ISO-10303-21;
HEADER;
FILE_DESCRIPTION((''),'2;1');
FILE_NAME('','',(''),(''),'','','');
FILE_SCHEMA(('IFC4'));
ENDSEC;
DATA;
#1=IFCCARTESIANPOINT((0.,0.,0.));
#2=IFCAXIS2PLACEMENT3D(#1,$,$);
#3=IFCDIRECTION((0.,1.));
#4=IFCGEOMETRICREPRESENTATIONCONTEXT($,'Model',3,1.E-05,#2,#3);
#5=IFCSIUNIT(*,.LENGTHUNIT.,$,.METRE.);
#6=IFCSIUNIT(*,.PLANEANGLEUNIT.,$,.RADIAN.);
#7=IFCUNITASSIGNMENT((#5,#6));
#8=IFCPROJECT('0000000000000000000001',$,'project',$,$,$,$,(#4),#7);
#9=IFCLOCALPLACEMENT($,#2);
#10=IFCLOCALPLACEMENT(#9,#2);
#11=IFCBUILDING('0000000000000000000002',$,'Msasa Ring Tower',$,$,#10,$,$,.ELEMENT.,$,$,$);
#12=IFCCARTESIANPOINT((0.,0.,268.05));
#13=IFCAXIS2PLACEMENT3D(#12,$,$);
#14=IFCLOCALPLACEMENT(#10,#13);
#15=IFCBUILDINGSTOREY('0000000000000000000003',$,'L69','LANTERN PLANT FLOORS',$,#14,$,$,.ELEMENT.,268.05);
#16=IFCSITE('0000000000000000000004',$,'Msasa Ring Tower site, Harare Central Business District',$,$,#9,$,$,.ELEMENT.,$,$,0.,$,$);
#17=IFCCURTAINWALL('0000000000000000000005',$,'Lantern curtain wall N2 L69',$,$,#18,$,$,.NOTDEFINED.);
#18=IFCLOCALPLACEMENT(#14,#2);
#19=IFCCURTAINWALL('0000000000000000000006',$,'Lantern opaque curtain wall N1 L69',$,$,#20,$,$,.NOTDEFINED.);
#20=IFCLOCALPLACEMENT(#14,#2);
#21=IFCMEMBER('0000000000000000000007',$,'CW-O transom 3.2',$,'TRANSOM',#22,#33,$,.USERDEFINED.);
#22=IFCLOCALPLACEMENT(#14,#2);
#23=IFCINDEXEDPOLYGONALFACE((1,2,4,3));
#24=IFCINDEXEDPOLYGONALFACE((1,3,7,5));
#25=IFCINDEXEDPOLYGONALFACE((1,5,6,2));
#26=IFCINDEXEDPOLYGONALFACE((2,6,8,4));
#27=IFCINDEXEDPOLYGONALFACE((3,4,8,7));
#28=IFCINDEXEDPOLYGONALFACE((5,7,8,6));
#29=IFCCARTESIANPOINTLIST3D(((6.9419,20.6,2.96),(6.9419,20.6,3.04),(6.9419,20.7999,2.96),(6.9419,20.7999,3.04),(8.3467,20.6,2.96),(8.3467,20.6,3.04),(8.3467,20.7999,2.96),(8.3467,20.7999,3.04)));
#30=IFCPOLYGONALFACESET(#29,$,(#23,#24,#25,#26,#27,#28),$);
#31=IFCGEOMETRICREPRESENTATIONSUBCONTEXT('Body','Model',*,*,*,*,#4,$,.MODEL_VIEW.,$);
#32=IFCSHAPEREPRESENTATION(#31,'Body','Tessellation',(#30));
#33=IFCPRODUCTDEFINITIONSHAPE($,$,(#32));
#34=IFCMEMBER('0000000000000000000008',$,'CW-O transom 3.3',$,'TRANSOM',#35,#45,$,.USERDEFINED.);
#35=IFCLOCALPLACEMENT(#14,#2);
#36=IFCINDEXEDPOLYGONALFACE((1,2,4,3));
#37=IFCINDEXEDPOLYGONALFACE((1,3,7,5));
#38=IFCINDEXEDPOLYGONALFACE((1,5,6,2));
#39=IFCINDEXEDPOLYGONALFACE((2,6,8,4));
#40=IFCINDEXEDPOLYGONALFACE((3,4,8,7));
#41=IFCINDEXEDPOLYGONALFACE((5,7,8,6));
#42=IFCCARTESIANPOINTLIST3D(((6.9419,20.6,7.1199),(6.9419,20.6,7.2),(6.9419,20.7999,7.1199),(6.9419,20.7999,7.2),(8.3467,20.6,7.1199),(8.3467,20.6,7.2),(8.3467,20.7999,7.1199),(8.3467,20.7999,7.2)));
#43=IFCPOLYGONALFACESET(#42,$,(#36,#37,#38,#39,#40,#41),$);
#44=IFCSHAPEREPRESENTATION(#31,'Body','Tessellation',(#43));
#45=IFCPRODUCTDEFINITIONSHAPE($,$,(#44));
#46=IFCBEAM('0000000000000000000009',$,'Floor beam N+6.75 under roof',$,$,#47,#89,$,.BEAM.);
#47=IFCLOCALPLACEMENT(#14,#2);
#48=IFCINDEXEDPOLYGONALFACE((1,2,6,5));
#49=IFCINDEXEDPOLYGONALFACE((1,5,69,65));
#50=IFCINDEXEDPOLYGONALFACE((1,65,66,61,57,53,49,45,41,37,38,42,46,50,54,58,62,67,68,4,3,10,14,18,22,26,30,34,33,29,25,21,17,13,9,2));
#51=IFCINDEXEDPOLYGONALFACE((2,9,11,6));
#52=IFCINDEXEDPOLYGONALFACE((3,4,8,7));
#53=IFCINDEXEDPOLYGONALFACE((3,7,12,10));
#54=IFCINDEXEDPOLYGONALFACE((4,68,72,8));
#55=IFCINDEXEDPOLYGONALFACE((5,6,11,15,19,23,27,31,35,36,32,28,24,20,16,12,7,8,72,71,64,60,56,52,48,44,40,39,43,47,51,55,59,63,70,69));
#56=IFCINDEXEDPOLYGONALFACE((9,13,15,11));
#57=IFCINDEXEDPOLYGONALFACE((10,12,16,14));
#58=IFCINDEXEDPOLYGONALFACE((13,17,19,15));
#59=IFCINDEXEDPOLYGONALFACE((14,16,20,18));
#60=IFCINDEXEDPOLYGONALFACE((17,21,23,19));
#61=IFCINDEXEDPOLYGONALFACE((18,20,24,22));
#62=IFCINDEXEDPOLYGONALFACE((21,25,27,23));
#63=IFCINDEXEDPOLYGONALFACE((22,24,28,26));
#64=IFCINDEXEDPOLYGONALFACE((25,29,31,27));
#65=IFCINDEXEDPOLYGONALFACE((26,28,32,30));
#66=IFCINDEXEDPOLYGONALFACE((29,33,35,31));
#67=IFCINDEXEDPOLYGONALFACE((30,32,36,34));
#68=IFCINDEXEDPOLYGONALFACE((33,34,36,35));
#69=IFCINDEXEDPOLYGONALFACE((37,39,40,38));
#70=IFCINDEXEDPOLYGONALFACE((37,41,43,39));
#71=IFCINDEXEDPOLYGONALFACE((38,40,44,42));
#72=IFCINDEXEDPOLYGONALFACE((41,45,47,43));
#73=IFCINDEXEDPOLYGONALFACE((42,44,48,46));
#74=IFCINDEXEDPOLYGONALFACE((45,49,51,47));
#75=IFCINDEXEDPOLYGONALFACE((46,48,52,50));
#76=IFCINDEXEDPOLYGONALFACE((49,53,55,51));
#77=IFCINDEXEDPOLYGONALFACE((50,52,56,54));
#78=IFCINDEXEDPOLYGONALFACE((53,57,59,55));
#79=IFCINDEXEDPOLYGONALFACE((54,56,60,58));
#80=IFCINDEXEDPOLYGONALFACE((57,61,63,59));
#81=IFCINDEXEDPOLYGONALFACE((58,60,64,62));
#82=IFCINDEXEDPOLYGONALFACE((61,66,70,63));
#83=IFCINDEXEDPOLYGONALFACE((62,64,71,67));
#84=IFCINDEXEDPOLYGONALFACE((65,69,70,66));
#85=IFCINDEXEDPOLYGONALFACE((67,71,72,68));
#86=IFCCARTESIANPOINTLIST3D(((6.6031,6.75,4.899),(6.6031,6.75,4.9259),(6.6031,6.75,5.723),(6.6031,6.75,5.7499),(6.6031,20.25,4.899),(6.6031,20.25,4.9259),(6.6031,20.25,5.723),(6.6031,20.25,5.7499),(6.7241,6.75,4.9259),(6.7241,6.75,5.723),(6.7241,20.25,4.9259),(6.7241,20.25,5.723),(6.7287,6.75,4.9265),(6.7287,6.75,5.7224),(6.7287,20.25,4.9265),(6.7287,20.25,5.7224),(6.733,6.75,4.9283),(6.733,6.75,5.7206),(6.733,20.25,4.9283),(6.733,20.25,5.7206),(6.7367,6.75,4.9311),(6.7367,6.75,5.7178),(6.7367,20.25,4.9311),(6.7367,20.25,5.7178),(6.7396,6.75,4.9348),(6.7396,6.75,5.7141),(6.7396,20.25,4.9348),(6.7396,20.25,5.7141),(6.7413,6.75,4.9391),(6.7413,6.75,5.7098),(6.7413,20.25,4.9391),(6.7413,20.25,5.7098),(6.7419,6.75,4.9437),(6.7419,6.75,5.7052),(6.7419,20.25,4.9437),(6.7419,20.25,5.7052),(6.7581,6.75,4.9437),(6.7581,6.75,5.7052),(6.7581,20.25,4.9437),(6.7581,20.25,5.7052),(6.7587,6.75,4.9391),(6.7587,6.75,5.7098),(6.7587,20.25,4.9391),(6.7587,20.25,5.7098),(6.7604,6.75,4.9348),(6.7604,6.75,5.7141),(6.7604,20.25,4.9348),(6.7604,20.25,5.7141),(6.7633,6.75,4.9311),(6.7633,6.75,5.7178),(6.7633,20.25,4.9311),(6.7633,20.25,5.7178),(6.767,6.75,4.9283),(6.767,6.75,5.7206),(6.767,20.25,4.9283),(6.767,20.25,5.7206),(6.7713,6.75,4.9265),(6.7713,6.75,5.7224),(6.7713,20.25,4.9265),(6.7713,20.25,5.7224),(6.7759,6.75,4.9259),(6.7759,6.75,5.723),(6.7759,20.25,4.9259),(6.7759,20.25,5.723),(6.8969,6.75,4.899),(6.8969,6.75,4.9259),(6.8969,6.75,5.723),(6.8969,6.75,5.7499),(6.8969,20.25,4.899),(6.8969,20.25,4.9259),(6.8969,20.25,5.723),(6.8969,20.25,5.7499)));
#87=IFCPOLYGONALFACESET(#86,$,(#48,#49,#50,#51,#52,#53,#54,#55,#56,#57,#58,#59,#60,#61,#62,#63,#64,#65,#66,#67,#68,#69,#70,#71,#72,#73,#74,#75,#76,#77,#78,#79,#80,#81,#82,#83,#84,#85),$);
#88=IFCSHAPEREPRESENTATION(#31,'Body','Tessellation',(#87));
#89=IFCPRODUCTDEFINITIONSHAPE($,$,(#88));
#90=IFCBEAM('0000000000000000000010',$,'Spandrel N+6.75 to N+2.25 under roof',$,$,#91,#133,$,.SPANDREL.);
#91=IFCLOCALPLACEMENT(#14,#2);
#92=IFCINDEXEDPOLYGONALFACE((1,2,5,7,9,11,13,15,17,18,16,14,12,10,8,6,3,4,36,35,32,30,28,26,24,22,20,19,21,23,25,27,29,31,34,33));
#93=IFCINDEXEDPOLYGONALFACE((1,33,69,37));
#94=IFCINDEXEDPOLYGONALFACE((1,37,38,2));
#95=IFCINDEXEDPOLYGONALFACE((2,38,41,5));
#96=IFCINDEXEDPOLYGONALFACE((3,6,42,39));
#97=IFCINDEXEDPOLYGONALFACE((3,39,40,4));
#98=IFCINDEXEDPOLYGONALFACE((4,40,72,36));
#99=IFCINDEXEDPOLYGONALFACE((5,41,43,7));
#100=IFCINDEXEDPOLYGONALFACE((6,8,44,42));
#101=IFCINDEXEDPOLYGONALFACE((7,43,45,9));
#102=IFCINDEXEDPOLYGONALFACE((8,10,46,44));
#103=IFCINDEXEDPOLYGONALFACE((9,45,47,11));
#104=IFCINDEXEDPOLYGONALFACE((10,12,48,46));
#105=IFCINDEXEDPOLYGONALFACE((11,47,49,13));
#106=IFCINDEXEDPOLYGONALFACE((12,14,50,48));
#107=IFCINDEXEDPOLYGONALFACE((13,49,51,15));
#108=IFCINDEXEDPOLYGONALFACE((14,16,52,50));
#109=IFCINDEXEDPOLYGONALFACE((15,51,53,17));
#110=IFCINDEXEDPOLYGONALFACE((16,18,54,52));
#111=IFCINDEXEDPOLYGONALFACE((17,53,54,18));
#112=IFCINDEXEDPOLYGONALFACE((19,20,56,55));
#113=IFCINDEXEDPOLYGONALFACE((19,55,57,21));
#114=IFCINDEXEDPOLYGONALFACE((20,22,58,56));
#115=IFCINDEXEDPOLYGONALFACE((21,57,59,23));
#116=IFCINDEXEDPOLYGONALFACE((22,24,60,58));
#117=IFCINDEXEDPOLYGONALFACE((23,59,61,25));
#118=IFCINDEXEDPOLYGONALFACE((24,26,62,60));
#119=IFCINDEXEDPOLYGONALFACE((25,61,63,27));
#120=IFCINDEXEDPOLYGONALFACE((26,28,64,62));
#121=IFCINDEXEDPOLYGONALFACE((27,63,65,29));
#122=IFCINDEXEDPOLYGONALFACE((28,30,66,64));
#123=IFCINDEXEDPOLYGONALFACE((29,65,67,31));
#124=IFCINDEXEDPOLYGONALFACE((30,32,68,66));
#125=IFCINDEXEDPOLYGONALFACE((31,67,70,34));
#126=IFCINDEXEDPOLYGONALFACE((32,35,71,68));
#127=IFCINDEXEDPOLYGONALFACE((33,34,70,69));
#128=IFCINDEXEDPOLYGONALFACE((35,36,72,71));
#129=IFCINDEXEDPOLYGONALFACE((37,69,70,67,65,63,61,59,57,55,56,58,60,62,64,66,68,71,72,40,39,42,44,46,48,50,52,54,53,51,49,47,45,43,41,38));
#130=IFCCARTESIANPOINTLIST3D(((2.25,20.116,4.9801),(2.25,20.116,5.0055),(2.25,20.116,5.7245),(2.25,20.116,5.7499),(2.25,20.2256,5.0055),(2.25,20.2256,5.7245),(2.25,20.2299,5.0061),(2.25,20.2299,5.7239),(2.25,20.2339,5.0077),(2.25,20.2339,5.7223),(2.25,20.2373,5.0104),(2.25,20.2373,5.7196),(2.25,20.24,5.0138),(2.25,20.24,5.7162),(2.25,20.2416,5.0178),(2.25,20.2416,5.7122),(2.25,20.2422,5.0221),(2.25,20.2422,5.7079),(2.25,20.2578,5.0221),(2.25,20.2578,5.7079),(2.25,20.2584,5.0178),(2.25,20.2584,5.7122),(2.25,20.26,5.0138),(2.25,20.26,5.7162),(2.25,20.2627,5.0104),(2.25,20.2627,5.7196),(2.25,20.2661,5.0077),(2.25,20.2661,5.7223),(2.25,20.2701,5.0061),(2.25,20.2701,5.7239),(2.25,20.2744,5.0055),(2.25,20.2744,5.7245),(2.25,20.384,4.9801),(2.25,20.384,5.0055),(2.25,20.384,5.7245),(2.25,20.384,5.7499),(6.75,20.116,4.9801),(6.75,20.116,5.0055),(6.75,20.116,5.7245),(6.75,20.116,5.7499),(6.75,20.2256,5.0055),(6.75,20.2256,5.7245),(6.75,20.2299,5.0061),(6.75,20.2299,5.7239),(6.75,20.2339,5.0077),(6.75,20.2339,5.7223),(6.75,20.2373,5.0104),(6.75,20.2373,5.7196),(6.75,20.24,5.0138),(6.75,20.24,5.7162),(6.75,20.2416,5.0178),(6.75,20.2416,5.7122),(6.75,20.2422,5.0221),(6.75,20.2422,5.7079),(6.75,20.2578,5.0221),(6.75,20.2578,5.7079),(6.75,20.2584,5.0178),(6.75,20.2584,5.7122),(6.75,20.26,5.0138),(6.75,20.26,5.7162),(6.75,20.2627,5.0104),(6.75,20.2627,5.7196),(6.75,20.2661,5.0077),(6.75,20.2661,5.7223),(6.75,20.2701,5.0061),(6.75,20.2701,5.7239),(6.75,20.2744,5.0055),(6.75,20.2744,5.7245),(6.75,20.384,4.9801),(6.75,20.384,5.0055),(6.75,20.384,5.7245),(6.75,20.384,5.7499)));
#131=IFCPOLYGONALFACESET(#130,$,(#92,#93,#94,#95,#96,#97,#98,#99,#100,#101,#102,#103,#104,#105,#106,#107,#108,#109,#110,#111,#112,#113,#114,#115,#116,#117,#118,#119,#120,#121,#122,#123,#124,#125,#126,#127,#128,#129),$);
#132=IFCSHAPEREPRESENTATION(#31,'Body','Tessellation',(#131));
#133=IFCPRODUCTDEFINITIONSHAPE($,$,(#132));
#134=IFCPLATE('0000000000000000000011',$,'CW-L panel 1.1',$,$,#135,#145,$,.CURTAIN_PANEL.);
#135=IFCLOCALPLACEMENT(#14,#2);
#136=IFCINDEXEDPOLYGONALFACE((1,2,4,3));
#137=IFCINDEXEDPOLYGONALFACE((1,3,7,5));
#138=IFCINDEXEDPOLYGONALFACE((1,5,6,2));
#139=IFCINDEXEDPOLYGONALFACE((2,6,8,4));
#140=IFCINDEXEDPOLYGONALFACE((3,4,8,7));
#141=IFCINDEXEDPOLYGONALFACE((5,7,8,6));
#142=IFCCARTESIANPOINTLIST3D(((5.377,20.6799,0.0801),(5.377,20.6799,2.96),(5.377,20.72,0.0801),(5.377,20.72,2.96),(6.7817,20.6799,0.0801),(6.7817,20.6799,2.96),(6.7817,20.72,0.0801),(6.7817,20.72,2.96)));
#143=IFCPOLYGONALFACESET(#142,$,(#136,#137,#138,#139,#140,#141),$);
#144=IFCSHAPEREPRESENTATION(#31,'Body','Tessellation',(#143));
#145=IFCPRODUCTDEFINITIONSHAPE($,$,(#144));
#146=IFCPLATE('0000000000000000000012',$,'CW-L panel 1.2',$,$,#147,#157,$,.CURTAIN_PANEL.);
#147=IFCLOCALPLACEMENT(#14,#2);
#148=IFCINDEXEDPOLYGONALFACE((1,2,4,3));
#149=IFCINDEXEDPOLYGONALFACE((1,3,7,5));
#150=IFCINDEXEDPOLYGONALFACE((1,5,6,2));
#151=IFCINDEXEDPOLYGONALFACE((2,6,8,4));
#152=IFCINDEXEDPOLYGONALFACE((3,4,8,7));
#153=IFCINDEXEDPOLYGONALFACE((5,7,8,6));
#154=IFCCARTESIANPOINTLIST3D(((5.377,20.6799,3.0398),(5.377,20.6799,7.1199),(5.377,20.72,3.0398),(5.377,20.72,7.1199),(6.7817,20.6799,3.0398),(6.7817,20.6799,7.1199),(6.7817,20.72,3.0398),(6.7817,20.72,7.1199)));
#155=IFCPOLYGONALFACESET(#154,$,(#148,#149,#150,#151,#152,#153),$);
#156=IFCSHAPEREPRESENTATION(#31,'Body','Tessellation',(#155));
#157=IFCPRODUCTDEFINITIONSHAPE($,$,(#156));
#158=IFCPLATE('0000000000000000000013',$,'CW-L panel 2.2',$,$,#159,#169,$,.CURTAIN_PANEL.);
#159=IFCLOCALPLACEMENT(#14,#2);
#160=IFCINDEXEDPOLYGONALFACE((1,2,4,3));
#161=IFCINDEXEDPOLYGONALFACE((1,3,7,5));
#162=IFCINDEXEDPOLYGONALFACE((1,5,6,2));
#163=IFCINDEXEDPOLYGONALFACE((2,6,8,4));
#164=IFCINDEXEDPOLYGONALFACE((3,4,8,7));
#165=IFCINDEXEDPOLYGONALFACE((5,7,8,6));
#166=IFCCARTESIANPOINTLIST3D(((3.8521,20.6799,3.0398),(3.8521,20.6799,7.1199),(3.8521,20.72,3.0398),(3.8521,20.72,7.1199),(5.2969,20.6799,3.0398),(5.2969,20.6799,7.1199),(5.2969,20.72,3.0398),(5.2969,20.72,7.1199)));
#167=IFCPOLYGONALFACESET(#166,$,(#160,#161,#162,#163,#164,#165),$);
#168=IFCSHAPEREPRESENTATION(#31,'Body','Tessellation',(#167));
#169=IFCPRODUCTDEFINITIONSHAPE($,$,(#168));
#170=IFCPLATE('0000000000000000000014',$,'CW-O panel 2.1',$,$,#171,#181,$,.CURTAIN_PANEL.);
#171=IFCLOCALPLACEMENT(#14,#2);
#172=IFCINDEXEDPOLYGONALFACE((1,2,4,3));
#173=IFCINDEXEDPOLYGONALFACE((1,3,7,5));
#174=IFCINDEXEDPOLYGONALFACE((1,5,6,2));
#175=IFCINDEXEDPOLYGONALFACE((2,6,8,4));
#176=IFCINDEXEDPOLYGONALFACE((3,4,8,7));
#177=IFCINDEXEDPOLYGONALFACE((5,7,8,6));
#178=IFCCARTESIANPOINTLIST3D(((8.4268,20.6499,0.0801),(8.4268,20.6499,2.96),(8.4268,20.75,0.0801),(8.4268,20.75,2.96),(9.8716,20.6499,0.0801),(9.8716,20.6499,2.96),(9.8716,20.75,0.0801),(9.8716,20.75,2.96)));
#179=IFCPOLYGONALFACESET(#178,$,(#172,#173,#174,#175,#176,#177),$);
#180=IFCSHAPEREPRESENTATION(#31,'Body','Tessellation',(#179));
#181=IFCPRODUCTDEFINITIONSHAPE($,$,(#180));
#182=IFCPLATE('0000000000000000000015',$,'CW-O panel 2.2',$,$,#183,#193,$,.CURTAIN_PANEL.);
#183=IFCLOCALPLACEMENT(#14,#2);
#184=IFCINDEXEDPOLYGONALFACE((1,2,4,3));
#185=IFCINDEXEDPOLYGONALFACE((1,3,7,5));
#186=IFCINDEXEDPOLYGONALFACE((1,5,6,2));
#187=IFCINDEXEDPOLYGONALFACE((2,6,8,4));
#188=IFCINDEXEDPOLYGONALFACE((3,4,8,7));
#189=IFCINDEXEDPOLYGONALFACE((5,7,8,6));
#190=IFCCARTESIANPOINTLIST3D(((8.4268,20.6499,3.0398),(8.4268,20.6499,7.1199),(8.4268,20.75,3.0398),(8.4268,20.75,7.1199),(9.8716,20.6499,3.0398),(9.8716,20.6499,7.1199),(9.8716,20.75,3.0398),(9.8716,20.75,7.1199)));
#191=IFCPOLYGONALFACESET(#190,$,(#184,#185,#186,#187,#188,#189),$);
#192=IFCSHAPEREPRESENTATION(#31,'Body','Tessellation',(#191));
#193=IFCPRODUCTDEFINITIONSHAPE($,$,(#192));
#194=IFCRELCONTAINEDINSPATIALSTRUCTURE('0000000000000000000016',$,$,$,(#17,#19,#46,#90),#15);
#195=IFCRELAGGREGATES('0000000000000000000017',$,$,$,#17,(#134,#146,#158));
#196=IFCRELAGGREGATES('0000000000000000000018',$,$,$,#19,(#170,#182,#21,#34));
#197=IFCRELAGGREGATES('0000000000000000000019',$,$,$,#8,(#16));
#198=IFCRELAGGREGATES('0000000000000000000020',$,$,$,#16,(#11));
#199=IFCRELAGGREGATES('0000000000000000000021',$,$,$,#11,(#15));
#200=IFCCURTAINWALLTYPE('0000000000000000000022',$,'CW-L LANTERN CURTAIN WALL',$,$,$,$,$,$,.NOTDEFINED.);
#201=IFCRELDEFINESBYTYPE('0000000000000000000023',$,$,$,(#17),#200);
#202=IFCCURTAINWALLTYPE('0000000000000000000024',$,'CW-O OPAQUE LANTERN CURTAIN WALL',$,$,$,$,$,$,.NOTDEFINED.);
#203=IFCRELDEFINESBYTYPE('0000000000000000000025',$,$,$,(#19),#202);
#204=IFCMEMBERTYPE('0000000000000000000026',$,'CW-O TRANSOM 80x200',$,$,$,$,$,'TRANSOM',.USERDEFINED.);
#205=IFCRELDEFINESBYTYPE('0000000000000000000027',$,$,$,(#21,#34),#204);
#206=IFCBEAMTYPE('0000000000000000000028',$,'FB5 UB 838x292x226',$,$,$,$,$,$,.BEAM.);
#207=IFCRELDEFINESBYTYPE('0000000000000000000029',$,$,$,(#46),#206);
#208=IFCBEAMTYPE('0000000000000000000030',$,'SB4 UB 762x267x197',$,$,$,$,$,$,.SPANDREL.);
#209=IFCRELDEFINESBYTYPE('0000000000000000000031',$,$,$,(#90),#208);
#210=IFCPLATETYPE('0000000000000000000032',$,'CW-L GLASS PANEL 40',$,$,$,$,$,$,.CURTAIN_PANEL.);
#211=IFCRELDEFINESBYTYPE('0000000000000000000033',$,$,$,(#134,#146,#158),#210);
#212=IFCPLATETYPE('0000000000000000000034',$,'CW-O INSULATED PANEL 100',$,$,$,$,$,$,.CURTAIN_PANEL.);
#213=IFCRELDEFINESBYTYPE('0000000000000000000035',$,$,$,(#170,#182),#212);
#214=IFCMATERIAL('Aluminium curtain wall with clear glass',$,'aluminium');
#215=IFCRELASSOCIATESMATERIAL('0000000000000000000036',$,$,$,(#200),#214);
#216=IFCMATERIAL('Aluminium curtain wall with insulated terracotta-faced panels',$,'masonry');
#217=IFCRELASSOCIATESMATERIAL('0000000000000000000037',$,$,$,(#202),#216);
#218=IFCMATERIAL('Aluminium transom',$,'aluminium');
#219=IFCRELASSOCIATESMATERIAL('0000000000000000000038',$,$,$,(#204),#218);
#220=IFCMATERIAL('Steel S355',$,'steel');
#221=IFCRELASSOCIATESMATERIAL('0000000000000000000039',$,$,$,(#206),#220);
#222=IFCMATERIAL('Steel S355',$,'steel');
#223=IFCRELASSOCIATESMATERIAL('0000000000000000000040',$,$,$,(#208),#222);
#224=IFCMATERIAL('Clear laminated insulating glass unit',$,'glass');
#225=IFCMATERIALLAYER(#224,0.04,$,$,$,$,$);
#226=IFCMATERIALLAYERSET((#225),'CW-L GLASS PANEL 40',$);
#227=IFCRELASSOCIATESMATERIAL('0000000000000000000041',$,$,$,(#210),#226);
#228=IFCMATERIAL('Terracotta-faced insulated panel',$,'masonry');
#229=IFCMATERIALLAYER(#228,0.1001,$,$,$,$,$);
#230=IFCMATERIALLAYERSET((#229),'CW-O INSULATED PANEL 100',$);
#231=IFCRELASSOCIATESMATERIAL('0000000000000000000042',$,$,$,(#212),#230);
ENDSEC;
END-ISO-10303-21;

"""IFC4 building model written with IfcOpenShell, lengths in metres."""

from ifc_helpers import new_model, si_unit, direction, frame, origin, origin_2d, place, context, subcontext, project, spatial, rectangle, i_section, extrude, material, layer, layer_set, material_profile, profile_set, type_object, element, aggregate, save


model = new_model("IFC4")

# Units and contexts
model_context = context("Model", 3, precision=1e-05, world=origin(), true_north=direction((0.0, 1.0)))
body_context = subcontext(model_context, "Body", "Model", "MODEL_VIEW")
ifc_project = project(units=[si_unit("LENGTHUNIT", "METRE"), si_unit("PLANEANGLEUNIT", "RADIAN")], contexts=[model_context])

# Site, building, storey
site_placement = place(None, origin())
site = spatial("IfcSite", under=ifc_project, at=site_placement, Name="Msasa Ring Tower site, Harare Central Business District", CompositionType="ELEMENT", RefElevation=0.0)
building_placement = place(site_placement, origin())
building = spatial("IfcBuilding", under=site, at=building_placement, Name="Msasa Ring Tower", CompositionType="ELEMENT")
storey_placement = place(building_placement, frame((0.0, 0.0, 268.05)))
storey = spatial("IfcBuildingStorey", under=building, at=storey_placement, Name="L69", Description="LANTERN PLANT FLOORS", CompositionType="ELEMENT", Elevation=268.05)

# Curtain walls, members
ifc_material_1 = material(Name="Aluminium curtain wall with clear glass", Category="aluminium")
curtain_wall_type_1 = type_object("IfcCurtainWallType", Name="CW-L LANTERN CURTAIN WALL", PredefinedType="NOTDEFINED", material=ifc_material_1)
curtain_wall_1_placement = place(storey_placement, origin())
curtain_wall_1 = element("IfcCurtainWall", 1, at=curtain_wall_1_placement, inside=storey, type_object=curtain_wall_type_1, Name="Lantern curtain wall N2 L69", PredefinedType="NOTDEFINED")
ifc_material_2 = material(Name="Aluminium curtain wall with insulated terracotta-faced panels", Category="masonry")
curtain_wall_type_2 = type_object("IfcCurtainWallType", Name="CW-O OPAQUE LANTERN CURTAIN WALL", PredefinedType="NOTDEFINED", material=ifc_material_2)
curtain_wall_2_placement = place(storey_placement, origin())
curtain_wall_2 = element("IfcCurtainWall", 2, at=curtain_wall_2_placement, inside=storey, type_object=curtain_wall_type_2, Name="Lantern opaque curtain wall N1 L69", PredefinedType="NOTDEFINED")
ifc_material_3 = material(Name="Aluminium transom", Category="aluminium")
ifc_material_profile_1 = material_profile(ifc_material_3, rectangle(XDim=0.2, YDim=0.0801, at=origin_2d()), Name="AL 80x200")
ifc_profile_set_1 = profile_set([ifc_material_profile_1], Name="Aluminium transom")
member_type_1 = type_object("IfcMemberType", Name="CW-O TRANSOM 80x200", ElementType="TRANSOM", PredefinedType="USERDEFINED", material=ifc_profile_set_1)
member_1_placement = place(storey_placement, frame((8.3467, 20.7, 3.0), z_axis=(-1.0, 0.0, 0.0), x_axis=(0.0, -1.0, 0.0)))
member_1 = element("IfcMember", 3, at=member_1_placement, type_object=member_type_1, Name="CW-O transom 3.2", ObjectType="TRANSOM", PredefinedType="USERDEFINED", context=body_context, shape_type="SweptSolid", body=[
    extrude(rectangle(XDim=0.2, YDim=0.0801, at=origin_2d()), origin(), (0.0, 0.0, 1.0), 1.4048),
])
member_2_placement = place(storey_placement, frame((8.3467, 20.7, 7.1599), z_axis=(-1.0, 0.0, 0.0), x_axis=(0.0, -1.0, 0.0)))
member_2 = element("IfcMember", 4, at=member_2_placement, type_object=member_type_1, Name="CW-O transom 3.3", ObjectType="TRANSOM", PredefinedType="USERDEFINED", context=body_context, shape_type="SweptSolid", body=[
    extrude(rectangle(XDim=0.2, YDim=0.0801, at=origin_2d()), origin(), (0.0, 0.0, 1.0), 1.4048),
])

# Beams
ifc_material_4 = material(Name="Steel S355", Category="steel")
ifc_material_profile_2 = material_profile(ifc_material_4, i_section(OverallWidth=0.2937, OverallDepth=0.8508, WebThickness=0.0161, FlangeThickness=0.0269, FilletRadius=0.0178, at=origin_2d()), Name="UB 838x292x226")
ifc_profile_set_2 = profile_set([ifc_material_profile_2], Name="Steel S355")
beam_type_1 = type_object("IfcBeamType", Name="FB5 UB 838x292x226", PredefinedType="BEAM", material=ifc_profile_set_2)
beam_1_placement = place(storey_placement, frame((6.75, 20.25, 5.3245), z_axis=(0.0, -1.0, 0.0), x_axis=(1.0, 0.0, 0.0)))
element("IfcBeam", 5, at=beam_1_placement, inside=storey, type_object=beam_type_1, Name="Floor beam N+6.75 under roof", PredefinedType="BEAM", context=body_context, shape_type="SweptSolid", body=[
    extrude(i_section(OverallWidth=0.2937, OverallDepth=0.8508, WebThickness=0.0161, FlangeThickness=0.0269, FilletRadius=0.0178, at=origin_2d()), origin(), (0.0, 0.0, 1.0), 13.5),
])
ifc_material_5 = material(Name="Steel S355", Category="steel")
ifc_material_profile_3 = material_profile(ifc_material_5, i_section(OverallWidth=0.2681, OverallDepth=0.7698, WebThickness=0.0156, FlangeThickness=0.0254, FilletRadius=0.0166, at=origin_2d()), Name="UB 762x267x197")
ifc_profile_set_3 = profile_set([ifc_material_profile_3], Name="Steel S355")
beam_type_2 = type_object("IfcBeamType", Name="SB4 UB 762x267x197", PredefinedType="SPANDREL", material=ifc_profile_set_3)
beam_2_placement = place(storey_placement, frame((6.75, 20.25, 5.365), z_axis=(-1.0, 0.0, 0.0), x_axis=(0.0, -1.0, 0.0)))
element("IfcBeam", 6, at=beam_2_placement, inside=storey, type_object=beam_type_2, Name="Spandrel N+6.75 to N+2.25 under roof", PredefinedType="SPANDREL", context=body_context, shape_type="SweptSolid", body=[
    extrude(i_section(OverallWidth=0.2681, OverallDepth=0.7698, WebThickness=0.0156, FlangeThickness=0.0254, FilletRadius=0.0166, at=origin_2d()), origin(), (0.0, 0.0, 1.0), 4.5),
])

# Plates
ifc_material_6 = material(Name="Clear laminated insulating glass unit", Category="glass")
ifc_layer_1 = layer(ifc_material_6, 0.04)
ifc_layer_set_1 = layer_set([ifc_layer_1], Name="CW-L GLASS PANEL 40")
plate_type_1 = type_object("IfcPlateType", Name="CW-L GLASS PANEL 40", PredefinedType="CURTAIN_PANEL", material=ifc_layer_set_1)
plate_1_placement = place(storey_placement, frame((6.0793, 20.7, 0.0801), z_axis=(0.0, 0.0, 1.0), x_axis=(-1.0, 0.0, 0.0)))
plate_1 = element("IfcPlate", 7, at=plate_1_placement, type_object=plate_type_1, Name="CW-L panel 1.1", PredefinedType="CURTAIN_PANEL", context=body_context, shape_type="SweptSolid", body=[
    extrude(rectangle(XDim=1.4048, YDim=0.04, at=origin_2d()), origin(), (0.0, 0.0, 1.0), 2.8799),
])
plate_2_placement = place(storey_placement, frame((6.0793, 20.7, 3.0398), z_axis=(0.0, 0.0, 1.0), x_axis=(-1.0, 0.0, 0.0)))
plate_2 = element("IfcPlate", 8, at=plate_2_placement, type_object=plate_type_1, Name="CW-L panel 1.2", PredefinedType="CURTAIN_PANEL", context=body_context, shape_type="SweptSolid", body=[
    extrude(rectangle(XDim=1.4048, YDim=0.04, at=origin_2d()), origin(), (0.0, 0.0, 1.0), 4.0801),
])
plate_3_placement = place(storey_placement, frame((4.5745, 20.7, 3.0398), z_axis=(0.0, 0.0, 1.0), x_axis=(-1.0, 0.0, 0.0)))
plate_3 = element("IfcPlate", 9, at=plate_3_placement, type_object=plate_type_1, Name="CW-L panel 2.2", PredefinedType="CURTAIN_PANEL", context=body_context, shape_type="SweptSolid", body=[
    extrude(rectangle(XDim=1.4448, YDim=0.04, at=origin_2d()), origin(), (0.0, 0.0, 1.0), 4.0801),
])
aggregate(curtain_wall_1, [plate_1, plate_2, plate_3])
ifc_material_7 = material(Name="Terracotta-faced insulated panel", Category="masonry")
ifc_layer_2 = layer(ifc_material_7, 0.1001)
ifc_layer_set_2 = layer_set([ifc_layer_2], Name="CW-O INSULATED PANEL 100")
plate_type_2 = type_object("IfcPlateType", Name="CW-O INSULATED PANEL 100", PredefinedType="CURTAIN_PANEL", material=ifc_layer_set_2)
plate_4_placement = place(storey_placement, frame((9.1492, 20.7, 0.0801), z_axis=(0.0, 0.0, 1.0), x_axis=(-1.0, 0.0, 0.0)))
plate_4 = element("IfcPlate", 10, at=plate_4_placement, type_object=plate_type_2, Name="CW-O panel 2.1", PredefinedType="CURTAIN_PANEL", context=body_context, shape_type="SweptSolid", body=[
    extrude(rectangle(XDim=1.4448, YDim=0.1001, at=origin_2d()), origin(), (0.0, 0.0, 1.0), 2.8799),
])
plate_5_placement = place(storey_placement, frame((9.1492, 20.7, 3.0398), z_axis=(0.0, 0.0, 1.0), x_axis=(-1.0, 0.0, 0.0)))
plate_5 = element("IfcPlate", 11, at=plate_5_placement, type_object=plate_type_2, Name="CW-O panel 2.2", PredefinedType="CURTAIN_PANEL", context=body_context, shape_type="SweptSolid", body=[
    extrude(rectangle(XDim=1.4448, YDim=0.1001, at=origin_2d()), origin(), (0.0, 0.0, 1.0), 4.0801),
])
aggregate(curtain_wall_2, [plate_4, plate_5, member_1, member_2])

save(model, "model.ifc")
